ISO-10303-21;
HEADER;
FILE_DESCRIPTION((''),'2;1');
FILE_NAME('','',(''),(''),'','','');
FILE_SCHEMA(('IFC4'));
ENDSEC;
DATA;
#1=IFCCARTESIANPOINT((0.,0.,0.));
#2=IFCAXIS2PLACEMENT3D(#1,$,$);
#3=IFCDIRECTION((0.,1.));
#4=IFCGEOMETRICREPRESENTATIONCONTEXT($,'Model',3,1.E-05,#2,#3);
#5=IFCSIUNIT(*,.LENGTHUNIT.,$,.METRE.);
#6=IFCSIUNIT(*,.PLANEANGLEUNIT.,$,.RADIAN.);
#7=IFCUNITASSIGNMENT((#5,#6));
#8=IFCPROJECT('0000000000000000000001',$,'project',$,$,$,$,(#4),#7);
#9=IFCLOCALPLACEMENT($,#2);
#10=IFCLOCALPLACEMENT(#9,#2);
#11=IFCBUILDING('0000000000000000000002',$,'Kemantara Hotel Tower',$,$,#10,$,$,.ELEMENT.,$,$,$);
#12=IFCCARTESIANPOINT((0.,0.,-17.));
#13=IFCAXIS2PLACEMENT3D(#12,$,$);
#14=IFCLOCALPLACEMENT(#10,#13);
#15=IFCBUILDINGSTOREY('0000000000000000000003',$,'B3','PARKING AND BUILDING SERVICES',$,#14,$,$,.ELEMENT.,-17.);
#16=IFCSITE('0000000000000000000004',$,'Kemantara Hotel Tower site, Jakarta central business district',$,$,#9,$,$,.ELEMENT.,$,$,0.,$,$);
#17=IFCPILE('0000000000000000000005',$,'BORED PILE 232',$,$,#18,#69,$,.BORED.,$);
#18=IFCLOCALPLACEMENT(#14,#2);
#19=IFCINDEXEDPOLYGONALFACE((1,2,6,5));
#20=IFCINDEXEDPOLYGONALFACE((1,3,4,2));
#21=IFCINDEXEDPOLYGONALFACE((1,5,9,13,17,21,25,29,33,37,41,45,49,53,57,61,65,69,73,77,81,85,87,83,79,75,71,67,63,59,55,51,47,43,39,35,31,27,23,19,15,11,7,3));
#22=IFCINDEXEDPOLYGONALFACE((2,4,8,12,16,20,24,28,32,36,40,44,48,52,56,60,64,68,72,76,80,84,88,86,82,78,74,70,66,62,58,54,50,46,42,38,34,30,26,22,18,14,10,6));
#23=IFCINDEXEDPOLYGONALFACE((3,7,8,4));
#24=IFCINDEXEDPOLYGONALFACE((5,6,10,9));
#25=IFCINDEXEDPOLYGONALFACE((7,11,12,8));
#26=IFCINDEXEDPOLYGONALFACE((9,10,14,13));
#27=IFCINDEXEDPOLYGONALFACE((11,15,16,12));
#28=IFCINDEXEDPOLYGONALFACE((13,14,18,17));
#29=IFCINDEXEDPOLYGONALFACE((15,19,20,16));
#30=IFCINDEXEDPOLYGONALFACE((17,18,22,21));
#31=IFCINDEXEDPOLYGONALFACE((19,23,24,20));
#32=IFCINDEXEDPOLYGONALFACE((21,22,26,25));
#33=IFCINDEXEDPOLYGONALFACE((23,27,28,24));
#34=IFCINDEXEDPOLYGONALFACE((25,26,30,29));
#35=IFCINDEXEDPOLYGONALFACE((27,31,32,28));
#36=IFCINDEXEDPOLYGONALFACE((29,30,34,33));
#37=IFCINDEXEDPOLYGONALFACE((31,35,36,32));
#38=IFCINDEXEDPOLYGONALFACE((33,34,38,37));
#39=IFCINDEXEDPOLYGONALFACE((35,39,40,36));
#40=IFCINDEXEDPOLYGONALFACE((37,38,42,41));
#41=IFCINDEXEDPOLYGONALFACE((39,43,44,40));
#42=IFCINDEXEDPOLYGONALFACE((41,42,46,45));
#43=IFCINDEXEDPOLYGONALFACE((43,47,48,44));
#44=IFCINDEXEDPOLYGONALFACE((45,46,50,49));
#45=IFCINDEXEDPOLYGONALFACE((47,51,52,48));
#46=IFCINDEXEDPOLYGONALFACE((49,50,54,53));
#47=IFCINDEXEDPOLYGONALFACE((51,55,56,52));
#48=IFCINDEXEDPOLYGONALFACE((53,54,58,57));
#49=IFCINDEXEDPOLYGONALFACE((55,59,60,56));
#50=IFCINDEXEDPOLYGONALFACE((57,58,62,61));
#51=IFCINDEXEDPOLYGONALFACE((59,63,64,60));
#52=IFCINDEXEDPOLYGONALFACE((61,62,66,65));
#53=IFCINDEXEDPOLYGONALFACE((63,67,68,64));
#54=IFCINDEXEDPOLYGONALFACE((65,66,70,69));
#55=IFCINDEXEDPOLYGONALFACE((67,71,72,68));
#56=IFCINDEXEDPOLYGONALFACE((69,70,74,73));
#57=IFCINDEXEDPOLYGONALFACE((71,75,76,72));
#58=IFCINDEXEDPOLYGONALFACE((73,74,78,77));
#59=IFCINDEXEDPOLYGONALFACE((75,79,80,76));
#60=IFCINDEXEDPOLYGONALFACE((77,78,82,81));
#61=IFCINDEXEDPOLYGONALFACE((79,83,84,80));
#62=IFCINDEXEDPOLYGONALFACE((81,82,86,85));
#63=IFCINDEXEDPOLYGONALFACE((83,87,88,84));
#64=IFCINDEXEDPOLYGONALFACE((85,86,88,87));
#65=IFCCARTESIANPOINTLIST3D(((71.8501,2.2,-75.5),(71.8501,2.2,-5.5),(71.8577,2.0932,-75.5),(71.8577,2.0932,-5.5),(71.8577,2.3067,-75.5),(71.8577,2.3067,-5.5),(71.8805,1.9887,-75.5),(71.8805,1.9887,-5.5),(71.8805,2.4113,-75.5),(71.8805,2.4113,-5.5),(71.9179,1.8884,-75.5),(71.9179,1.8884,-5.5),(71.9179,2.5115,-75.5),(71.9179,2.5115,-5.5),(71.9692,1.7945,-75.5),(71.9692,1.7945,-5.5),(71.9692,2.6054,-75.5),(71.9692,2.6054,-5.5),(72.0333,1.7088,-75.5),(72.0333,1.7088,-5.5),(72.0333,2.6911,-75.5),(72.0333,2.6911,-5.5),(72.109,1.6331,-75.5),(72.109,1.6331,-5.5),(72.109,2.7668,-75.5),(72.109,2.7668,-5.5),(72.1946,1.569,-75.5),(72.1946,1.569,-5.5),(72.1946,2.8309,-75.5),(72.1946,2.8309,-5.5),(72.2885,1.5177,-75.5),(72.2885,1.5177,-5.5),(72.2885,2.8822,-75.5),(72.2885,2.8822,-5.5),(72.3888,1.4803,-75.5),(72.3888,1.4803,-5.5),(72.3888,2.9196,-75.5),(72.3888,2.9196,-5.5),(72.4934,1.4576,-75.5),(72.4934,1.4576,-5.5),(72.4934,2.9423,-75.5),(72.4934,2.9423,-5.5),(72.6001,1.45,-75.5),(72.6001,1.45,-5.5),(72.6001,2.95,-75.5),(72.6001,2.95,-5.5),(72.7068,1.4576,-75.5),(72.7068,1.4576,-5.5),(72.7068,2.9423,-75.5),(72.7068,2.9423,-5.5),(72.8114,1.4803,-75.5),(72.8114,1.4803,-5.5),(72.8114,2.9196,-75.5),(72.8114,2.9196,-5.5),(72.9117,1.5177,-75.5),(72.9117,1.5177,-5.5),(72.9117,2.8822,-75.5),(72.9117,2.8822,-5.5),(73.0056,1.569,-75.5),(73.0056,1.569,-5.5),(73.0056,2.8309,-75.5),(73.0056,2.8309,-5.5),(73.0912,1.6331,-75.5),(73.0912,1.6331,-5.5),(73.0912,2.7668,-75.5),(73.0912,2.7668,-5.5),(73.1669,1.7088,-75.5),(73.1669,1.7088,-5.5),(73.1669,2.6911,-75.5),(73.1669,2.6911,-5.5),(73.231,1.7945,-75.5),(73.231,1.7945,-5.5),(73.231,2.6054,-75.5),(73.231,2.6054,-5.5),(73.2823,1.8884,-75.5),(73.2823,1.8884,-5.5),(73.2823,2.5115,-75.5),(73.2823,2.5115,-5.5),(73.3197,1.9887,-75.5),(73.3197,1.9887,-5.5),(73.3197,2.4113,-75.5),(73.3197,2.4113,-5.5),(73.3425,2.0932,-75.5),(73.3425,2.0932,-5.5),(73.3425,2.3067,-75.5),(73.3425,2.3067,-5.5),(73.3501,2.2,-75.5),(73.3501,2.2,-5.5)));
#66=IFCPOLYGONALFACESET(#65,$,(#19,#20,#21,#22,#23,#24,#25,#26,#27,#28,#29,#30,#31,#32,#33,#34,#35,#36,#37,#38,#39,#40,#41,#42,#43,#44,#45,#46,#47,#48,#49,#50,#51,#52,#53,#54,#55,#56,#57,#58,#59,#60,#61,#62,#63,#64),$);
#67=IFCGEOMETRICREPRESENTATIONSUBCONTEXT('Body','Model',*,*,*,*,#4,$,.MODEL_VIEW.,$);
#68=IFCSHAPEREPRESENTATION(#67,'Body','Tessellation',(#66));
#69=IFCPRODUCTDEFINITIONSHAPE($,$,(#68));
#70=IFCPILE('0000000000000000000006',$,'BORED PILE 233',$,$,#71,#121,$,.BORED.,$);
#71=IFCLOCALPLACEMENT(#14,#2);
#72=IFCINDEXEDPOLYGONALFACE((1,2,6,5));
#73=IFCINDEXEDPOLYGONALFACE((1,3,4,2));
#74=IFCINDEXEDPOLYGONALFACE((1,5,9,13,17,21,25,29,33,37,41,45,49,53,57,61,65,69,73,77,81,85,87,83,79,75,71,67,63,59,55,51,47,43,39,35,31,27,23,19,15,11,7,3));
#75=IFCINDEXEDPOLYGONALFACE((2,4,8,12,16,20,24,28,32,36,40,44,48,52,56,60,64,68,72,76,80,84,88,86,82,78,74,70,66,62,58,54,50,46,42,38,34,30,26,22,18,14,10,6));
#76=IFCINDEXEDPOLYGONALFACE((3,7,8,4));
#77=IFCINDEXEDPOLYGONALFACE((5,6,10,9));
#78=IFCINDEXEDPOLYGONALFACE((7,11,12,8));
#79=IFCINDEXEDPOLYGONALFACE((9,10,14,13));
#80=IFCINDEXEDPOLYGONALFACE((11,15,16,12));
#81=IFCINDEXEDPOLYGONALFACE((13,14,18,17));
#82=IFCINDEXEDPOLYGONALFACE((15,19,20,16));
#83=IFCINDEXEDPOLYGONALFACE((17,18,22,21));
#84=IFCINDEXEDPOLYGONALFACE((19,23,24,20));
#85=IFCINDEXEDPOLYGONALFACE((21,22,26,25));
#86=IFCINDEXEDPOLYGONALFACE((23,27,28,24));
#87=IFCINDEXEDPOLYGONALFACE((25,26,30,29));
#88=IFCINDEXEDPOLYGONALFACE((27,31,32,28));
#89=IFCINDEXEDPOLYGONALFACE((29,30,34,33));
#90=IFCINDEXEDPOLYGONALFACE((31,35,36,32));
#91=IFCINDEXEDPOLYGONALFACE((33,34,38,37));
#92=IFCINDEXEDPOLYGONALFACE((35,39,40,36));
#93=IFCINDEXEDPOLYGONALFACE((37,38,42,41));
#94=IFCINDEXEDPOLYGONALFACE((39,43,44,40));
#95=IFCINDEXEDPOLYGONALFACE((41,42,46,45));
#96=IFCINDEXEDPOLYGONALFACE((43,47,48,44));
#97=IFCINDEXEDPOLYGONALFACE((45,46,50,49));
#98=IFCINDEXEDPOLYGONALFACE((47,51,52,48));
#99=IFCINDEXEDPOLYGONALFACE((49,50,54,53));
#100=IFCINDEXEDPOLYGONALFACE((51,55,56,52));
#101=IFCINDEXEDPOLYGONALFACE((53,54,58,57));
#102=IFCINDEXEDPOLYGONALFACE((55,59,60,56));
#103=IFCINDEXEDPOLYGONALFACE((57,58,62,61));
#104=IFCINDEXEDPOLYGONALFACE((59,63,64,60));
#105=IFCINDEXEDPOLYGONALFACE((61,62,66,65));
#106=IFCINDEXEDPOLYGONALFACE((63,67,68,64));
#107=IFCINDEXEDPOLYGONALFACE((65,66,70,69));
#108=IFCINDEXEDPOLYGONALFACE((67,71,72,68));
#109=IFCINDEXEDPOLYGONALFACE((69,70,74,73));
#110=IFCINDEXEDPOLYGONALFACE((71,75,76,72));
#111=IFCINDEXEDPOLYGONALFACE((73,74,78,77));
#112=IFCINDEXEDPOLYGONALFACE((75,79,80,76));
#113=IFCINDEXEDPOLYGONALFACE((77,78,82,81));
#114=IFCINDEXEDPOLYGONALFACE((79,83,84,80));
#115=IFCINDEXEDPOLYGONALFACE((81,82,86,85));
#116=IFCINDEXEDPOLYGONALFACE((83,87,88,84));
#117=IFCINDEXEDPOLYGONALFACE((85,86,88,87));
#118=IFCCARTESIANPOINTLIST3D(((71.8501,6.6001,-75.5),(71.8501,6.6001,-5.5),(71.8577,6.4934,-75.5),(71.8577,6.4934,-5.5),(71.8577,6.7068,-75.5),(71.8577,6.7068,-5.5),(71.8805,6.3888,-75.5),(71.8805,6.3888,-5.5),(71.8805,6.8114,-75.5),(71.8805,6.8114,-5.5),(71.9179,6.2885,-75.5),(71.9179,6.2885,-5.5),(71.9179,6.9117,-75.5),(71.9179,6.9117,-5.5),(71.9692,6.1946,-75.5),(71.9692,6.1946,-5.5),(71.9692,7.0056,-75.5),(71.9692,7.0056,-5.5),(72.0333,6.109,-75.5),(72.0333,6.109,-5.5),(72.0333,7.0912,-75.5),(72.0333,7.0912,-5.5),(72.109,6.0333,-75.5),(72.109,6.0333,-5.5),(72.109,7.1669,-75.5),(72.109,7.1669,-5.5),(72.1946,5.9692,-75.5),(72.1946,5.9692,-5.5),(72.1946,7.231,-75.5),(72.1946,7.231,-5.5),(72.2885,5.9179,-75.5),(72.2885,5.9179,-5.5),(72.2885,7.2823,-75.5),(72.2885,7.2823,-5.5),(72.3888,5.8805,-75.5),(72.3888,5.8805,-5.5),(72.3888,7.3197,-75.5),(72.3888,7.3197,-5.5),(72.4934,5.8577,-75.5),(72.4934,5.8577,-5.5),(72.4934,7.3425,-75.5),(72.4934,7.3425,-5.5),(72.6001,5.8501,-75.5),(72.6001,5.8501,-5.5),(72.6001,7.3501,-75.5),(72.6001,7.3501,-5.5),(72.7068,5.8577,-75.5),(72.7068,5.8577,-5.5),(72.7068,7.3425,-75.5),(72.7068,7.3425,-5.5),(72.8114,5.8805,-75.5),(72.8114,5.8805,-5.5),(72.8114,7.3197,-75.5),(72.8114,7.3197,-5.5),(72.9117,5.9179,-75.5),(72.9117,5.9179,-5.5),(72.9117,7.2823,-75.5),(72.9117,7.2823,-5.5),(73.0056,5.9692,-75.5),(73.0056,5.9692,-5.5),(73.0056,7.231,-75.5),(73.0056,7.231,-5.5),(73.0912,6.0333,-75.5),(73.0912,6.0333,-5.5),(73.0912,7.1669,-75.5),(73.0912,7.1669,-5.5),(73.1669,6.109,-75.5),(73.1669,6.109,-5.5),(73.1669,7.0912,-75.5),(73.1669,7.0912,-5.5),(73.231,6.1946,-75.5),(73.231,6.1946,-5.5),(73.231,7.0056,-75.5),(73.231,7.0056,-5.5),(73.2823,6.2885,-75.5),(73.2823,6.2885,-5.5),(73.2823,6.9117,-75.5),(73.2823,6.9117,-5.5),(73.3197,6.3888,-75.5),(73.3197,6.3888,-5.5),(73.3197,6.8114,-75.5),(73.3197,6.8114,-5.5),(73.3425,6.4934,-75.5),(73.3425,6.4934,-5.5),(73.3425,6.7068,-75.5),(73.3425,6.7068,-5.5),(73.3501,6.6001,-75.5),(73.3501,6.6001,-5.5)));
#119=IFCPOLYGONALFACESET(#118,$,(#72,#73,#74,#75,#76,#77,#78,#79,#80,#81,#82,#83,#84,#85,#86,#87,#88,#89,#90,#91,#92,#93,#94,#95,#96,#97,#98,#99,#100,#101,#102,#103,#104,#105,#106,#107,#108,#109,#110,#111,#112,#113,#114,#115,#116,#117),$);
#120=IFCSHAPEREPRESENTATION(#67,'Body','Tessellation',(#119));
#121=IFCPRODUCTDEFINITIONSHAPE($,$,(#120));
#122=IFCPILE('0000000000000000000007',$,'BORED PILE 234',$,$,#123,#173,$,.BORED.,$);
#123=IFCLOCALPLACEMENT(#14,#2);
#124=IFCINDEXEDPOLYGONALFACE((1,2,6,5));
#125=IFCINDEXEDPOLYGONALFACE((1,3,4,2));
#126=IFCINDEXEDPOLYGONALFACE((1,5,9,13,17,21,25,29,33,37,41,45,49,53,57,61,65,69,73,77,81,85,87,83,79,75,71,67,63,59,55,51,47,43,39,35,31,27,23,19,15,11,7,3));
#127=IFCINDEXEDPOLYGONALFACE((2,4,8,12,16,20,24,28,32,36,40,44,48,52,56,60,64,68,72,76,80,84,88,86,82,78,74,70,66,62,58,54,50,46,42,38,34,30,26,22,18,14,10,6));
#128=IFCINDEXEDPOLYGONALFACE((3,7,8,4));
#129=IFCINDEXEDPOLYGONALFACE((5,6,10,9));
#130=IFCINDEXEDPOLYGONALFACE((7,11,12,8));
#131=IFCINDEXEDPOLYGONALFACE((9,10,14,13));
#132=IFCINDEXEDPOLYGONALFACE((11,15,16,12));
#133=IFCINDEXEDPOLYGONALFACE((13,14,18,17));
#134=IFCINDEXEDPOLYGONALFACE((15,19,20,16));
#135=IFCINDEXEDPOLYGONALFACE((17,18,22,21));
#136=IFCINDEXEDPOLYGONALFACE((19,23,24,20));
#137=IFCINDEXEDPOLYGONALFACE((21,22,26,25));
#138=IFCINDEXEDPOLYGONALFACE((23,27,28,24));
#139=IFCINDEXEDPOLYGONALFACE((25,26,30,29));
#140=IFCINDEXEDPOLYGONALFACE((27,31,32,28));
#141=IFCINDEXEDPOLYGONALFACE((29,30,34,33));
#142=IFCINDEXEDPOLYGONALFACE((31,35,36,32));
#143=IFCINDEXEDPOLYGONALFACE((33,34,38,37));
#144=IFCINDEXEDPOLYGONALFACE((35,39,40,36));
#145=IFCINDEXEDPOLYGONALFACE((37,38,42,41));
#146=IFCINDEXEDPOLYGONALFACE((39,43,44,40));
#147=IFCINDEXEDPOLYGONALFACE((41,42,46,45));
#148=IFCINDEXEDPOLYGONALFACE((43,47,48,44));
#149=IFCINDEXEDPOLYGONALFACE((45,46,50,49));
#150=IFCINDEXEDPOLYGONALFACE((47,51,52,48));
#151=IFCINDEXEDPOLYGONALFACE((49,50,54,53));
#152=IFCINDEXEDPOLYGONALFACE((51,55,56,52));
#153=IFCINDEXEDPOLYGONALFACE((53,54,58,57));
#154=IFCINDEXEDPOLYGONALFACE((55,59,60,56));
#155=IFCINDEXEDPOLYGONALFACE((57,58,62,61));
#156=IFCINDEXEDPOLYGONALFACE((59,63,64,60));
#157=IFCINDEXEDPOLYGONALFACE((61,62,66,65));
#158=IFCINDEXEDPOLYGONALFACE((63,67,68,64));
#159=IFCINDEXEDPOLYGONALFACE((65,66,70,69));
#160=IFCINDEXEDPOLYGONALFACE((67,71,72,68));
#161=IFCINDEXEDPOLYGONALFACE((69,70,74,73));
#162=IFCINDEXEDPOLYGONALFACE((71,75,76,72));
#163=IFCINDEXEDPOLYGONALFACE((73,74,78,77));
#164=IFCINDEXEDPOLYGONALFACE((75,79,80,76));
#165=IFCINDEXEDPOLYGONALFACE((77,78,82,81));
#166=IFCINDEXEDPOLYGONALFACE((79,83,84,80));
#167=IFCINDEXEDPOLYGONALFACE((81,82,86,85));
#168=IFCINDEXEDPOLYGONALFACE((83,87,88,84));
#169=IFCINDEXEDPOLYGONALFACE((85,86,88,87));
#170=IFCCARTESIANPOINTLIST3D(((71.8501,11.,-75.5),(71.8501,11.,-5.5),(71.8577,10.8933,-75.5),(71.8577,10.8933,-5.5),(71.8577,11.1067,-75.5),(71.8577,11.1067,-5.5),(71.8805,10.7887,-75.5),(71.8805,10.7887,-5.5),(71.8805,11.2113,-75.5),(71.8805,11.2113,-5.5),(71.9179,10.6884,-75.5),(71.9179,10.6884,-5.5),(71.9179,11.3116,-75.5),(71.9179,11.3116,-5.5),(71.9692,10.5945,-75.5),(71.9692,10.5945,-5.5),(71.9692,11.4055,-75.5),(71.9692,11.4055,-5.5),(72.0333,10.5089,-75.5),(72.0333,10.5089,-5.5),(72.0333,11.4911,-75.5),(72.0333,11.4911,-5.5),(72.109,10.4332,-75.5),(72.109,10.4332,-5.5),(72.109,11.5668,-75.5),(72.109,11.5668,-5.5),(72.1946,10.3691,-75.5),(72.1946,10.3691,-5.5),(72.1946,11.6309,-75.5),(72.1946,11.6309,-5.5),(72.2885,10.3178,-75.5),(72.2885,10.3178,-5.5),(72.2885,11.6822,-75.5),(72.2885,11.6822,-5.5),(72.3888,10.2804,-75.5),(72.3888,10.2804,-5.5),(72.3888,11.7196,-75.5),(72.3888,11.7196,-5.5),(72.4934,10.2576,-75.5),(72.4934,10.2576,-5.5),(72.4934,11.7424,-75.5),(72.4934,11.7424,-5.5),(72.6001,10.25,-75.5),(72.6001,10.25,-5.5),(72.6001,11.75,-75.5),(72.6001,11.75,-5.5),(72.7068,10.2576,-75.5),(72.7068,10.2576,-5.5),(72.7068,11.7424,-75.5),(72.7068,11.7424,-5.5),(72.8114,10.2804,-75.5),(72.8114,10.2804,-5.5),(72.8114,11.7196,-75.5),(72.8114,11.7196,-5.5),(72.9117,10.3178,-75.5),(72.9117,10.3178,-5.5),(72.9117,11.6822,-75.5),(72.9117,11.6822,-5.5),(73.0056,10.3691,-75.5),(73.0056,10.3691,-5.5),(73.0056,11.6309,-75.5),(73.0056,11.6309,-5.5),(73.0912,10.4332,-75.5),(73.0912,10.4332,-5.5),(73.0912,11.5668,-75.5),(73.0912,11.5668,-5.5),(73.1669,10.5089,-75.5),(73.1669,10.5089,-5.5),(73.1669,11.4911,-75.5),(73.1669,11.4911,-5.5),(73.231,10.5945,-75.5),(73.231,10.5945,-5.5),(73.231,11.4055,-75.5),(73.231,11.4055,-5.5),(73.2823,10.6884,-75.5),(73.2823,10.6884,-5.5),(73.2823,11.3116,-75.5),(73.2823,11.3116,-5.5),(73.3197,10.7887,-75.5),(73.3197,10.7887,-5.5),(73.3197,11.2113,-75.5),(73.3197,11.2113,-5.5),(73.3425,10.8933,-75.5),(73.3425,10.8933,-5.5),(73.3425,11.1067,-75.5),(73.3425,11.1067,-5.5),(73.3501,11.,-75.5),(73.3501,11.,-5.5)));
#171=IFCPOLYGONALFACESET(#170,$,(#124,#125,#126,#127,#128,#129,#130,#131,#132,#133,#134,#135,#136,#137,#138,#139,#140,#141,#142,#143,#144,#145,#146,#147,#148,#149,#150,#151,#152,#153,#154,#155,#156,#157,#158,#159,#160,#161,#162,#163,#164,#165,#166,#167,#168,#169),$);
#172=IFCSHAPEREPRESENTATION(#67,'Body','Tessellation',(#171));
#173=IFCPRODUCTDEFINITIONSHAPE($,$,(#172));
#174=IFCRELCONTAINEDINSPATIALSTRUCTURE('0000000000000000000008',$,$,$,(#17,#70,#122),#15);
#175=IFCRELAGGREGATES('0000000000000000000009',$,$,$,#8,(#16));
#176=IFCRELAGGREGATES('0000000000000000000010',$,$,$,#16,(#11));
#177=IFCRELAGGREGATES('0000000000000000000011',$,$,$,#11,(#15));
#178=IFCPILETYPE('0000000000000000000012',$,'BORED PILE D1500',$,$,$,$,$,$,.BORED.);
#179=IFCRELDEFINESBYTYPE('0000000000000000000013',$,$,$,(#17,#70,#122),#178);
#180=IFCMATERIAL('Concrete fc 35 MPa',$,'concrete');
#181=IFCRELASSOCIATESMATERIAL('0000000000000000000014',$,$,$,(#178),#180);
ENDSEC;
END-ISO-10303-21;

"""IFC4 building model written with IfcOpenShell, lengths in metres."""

from ifc_helpers import new_model, si_unit, direction, frame, origin, origin_2d, place, context, subcontext, project, spatial, circle, extrude, material, material_profile, profile_set, type_object, element, save


model = new_model("IFC4")

# Units and contexts
model_context = context("Model", 3, precision=1e-05, world=origin(), true_north=direction((0.0, 1.0)))
body_context = subcontext(model_context, "Body", "Model", "MODEL_VIEW")
ifc_project = project(units=[si_unit("LENGTHUNIT", "METRE"), si_unit("PLANEANGLEUNIT", "RADIAN")], contexts=[model_context])

# Site, building, storey
site_placement = place(None, origin())
site = spatial("IfcSite", under=ifc_project, at=site_placement, Name="Kemantara Hotel Tower site, Jakarta central business district", CompositionType="ELEMENT", RefElevation=0.0)
building_placement = place(site_placement, origin())
building = spatial("IfcBuilding", under=site, at=building_placement, Name="Kemantara Hotel Tower", CompositionType="ELEMENT")
storey_placement = place(building_placement, frame((0.0, 0.0, -17.0)))
storey = spatial("IfcBuildingStorey", under=building, at=storey_placement, Name="B3", Description="PARKING AND BUILDING SERVICES", CompositionType="ELEMENT", Elevation=-17.0)

# Piles
ifc_material_1 = material(Name="Concrete fc 35 MPa", Category="concrete")
ifc_material_profile_1 = material_profile(ifc_material_1, circle(Radius=0.75, at=origin_2d()), Name="BORED PILE D1500")
ifc_profile_set_1 = profile_set([ifc_material_profile_1], Name="Concrete fc 35 MPa")
pile_type = type_object("IfcPileType", Name="BORED PILE D1500", PredefinedType="BORED", material=ifc_profile_set_1)
for number, where, z_axis, x_axis, name in (
    (1, (72.6001, 2.2, -5.5), (0.0, 0.0, -1.0), (1.0, 0.0, 0.0), "BORED PILE 232"),
    (2, (72.6001, 6.6001, -5.5), (0.0, 0.0, -1.0), (1.0, 0.0, 0.0), "BORED PILE 233"),
    (3, (72.6001, 11.0, -5.5), (0.0, 0.0, -1.0), (1.0, 0.0, 0.0), "BORED PILE 234"),
):
    element("IfcPile", number, at=place(storey_placement, frame(where, z_axis=z_axis, x_axis=x_axis)), inside=storey, type_object=pile_type, Name=name, PredefinedType="BORED", context=body_context, shape_type="SweptSolid", body=[
        extrude(circle(Radius=0.75, at=origin_2d()), origin(), (0.0, 0.0, 1.0), 70.0),
    ])

save(model, "model.ifc")
